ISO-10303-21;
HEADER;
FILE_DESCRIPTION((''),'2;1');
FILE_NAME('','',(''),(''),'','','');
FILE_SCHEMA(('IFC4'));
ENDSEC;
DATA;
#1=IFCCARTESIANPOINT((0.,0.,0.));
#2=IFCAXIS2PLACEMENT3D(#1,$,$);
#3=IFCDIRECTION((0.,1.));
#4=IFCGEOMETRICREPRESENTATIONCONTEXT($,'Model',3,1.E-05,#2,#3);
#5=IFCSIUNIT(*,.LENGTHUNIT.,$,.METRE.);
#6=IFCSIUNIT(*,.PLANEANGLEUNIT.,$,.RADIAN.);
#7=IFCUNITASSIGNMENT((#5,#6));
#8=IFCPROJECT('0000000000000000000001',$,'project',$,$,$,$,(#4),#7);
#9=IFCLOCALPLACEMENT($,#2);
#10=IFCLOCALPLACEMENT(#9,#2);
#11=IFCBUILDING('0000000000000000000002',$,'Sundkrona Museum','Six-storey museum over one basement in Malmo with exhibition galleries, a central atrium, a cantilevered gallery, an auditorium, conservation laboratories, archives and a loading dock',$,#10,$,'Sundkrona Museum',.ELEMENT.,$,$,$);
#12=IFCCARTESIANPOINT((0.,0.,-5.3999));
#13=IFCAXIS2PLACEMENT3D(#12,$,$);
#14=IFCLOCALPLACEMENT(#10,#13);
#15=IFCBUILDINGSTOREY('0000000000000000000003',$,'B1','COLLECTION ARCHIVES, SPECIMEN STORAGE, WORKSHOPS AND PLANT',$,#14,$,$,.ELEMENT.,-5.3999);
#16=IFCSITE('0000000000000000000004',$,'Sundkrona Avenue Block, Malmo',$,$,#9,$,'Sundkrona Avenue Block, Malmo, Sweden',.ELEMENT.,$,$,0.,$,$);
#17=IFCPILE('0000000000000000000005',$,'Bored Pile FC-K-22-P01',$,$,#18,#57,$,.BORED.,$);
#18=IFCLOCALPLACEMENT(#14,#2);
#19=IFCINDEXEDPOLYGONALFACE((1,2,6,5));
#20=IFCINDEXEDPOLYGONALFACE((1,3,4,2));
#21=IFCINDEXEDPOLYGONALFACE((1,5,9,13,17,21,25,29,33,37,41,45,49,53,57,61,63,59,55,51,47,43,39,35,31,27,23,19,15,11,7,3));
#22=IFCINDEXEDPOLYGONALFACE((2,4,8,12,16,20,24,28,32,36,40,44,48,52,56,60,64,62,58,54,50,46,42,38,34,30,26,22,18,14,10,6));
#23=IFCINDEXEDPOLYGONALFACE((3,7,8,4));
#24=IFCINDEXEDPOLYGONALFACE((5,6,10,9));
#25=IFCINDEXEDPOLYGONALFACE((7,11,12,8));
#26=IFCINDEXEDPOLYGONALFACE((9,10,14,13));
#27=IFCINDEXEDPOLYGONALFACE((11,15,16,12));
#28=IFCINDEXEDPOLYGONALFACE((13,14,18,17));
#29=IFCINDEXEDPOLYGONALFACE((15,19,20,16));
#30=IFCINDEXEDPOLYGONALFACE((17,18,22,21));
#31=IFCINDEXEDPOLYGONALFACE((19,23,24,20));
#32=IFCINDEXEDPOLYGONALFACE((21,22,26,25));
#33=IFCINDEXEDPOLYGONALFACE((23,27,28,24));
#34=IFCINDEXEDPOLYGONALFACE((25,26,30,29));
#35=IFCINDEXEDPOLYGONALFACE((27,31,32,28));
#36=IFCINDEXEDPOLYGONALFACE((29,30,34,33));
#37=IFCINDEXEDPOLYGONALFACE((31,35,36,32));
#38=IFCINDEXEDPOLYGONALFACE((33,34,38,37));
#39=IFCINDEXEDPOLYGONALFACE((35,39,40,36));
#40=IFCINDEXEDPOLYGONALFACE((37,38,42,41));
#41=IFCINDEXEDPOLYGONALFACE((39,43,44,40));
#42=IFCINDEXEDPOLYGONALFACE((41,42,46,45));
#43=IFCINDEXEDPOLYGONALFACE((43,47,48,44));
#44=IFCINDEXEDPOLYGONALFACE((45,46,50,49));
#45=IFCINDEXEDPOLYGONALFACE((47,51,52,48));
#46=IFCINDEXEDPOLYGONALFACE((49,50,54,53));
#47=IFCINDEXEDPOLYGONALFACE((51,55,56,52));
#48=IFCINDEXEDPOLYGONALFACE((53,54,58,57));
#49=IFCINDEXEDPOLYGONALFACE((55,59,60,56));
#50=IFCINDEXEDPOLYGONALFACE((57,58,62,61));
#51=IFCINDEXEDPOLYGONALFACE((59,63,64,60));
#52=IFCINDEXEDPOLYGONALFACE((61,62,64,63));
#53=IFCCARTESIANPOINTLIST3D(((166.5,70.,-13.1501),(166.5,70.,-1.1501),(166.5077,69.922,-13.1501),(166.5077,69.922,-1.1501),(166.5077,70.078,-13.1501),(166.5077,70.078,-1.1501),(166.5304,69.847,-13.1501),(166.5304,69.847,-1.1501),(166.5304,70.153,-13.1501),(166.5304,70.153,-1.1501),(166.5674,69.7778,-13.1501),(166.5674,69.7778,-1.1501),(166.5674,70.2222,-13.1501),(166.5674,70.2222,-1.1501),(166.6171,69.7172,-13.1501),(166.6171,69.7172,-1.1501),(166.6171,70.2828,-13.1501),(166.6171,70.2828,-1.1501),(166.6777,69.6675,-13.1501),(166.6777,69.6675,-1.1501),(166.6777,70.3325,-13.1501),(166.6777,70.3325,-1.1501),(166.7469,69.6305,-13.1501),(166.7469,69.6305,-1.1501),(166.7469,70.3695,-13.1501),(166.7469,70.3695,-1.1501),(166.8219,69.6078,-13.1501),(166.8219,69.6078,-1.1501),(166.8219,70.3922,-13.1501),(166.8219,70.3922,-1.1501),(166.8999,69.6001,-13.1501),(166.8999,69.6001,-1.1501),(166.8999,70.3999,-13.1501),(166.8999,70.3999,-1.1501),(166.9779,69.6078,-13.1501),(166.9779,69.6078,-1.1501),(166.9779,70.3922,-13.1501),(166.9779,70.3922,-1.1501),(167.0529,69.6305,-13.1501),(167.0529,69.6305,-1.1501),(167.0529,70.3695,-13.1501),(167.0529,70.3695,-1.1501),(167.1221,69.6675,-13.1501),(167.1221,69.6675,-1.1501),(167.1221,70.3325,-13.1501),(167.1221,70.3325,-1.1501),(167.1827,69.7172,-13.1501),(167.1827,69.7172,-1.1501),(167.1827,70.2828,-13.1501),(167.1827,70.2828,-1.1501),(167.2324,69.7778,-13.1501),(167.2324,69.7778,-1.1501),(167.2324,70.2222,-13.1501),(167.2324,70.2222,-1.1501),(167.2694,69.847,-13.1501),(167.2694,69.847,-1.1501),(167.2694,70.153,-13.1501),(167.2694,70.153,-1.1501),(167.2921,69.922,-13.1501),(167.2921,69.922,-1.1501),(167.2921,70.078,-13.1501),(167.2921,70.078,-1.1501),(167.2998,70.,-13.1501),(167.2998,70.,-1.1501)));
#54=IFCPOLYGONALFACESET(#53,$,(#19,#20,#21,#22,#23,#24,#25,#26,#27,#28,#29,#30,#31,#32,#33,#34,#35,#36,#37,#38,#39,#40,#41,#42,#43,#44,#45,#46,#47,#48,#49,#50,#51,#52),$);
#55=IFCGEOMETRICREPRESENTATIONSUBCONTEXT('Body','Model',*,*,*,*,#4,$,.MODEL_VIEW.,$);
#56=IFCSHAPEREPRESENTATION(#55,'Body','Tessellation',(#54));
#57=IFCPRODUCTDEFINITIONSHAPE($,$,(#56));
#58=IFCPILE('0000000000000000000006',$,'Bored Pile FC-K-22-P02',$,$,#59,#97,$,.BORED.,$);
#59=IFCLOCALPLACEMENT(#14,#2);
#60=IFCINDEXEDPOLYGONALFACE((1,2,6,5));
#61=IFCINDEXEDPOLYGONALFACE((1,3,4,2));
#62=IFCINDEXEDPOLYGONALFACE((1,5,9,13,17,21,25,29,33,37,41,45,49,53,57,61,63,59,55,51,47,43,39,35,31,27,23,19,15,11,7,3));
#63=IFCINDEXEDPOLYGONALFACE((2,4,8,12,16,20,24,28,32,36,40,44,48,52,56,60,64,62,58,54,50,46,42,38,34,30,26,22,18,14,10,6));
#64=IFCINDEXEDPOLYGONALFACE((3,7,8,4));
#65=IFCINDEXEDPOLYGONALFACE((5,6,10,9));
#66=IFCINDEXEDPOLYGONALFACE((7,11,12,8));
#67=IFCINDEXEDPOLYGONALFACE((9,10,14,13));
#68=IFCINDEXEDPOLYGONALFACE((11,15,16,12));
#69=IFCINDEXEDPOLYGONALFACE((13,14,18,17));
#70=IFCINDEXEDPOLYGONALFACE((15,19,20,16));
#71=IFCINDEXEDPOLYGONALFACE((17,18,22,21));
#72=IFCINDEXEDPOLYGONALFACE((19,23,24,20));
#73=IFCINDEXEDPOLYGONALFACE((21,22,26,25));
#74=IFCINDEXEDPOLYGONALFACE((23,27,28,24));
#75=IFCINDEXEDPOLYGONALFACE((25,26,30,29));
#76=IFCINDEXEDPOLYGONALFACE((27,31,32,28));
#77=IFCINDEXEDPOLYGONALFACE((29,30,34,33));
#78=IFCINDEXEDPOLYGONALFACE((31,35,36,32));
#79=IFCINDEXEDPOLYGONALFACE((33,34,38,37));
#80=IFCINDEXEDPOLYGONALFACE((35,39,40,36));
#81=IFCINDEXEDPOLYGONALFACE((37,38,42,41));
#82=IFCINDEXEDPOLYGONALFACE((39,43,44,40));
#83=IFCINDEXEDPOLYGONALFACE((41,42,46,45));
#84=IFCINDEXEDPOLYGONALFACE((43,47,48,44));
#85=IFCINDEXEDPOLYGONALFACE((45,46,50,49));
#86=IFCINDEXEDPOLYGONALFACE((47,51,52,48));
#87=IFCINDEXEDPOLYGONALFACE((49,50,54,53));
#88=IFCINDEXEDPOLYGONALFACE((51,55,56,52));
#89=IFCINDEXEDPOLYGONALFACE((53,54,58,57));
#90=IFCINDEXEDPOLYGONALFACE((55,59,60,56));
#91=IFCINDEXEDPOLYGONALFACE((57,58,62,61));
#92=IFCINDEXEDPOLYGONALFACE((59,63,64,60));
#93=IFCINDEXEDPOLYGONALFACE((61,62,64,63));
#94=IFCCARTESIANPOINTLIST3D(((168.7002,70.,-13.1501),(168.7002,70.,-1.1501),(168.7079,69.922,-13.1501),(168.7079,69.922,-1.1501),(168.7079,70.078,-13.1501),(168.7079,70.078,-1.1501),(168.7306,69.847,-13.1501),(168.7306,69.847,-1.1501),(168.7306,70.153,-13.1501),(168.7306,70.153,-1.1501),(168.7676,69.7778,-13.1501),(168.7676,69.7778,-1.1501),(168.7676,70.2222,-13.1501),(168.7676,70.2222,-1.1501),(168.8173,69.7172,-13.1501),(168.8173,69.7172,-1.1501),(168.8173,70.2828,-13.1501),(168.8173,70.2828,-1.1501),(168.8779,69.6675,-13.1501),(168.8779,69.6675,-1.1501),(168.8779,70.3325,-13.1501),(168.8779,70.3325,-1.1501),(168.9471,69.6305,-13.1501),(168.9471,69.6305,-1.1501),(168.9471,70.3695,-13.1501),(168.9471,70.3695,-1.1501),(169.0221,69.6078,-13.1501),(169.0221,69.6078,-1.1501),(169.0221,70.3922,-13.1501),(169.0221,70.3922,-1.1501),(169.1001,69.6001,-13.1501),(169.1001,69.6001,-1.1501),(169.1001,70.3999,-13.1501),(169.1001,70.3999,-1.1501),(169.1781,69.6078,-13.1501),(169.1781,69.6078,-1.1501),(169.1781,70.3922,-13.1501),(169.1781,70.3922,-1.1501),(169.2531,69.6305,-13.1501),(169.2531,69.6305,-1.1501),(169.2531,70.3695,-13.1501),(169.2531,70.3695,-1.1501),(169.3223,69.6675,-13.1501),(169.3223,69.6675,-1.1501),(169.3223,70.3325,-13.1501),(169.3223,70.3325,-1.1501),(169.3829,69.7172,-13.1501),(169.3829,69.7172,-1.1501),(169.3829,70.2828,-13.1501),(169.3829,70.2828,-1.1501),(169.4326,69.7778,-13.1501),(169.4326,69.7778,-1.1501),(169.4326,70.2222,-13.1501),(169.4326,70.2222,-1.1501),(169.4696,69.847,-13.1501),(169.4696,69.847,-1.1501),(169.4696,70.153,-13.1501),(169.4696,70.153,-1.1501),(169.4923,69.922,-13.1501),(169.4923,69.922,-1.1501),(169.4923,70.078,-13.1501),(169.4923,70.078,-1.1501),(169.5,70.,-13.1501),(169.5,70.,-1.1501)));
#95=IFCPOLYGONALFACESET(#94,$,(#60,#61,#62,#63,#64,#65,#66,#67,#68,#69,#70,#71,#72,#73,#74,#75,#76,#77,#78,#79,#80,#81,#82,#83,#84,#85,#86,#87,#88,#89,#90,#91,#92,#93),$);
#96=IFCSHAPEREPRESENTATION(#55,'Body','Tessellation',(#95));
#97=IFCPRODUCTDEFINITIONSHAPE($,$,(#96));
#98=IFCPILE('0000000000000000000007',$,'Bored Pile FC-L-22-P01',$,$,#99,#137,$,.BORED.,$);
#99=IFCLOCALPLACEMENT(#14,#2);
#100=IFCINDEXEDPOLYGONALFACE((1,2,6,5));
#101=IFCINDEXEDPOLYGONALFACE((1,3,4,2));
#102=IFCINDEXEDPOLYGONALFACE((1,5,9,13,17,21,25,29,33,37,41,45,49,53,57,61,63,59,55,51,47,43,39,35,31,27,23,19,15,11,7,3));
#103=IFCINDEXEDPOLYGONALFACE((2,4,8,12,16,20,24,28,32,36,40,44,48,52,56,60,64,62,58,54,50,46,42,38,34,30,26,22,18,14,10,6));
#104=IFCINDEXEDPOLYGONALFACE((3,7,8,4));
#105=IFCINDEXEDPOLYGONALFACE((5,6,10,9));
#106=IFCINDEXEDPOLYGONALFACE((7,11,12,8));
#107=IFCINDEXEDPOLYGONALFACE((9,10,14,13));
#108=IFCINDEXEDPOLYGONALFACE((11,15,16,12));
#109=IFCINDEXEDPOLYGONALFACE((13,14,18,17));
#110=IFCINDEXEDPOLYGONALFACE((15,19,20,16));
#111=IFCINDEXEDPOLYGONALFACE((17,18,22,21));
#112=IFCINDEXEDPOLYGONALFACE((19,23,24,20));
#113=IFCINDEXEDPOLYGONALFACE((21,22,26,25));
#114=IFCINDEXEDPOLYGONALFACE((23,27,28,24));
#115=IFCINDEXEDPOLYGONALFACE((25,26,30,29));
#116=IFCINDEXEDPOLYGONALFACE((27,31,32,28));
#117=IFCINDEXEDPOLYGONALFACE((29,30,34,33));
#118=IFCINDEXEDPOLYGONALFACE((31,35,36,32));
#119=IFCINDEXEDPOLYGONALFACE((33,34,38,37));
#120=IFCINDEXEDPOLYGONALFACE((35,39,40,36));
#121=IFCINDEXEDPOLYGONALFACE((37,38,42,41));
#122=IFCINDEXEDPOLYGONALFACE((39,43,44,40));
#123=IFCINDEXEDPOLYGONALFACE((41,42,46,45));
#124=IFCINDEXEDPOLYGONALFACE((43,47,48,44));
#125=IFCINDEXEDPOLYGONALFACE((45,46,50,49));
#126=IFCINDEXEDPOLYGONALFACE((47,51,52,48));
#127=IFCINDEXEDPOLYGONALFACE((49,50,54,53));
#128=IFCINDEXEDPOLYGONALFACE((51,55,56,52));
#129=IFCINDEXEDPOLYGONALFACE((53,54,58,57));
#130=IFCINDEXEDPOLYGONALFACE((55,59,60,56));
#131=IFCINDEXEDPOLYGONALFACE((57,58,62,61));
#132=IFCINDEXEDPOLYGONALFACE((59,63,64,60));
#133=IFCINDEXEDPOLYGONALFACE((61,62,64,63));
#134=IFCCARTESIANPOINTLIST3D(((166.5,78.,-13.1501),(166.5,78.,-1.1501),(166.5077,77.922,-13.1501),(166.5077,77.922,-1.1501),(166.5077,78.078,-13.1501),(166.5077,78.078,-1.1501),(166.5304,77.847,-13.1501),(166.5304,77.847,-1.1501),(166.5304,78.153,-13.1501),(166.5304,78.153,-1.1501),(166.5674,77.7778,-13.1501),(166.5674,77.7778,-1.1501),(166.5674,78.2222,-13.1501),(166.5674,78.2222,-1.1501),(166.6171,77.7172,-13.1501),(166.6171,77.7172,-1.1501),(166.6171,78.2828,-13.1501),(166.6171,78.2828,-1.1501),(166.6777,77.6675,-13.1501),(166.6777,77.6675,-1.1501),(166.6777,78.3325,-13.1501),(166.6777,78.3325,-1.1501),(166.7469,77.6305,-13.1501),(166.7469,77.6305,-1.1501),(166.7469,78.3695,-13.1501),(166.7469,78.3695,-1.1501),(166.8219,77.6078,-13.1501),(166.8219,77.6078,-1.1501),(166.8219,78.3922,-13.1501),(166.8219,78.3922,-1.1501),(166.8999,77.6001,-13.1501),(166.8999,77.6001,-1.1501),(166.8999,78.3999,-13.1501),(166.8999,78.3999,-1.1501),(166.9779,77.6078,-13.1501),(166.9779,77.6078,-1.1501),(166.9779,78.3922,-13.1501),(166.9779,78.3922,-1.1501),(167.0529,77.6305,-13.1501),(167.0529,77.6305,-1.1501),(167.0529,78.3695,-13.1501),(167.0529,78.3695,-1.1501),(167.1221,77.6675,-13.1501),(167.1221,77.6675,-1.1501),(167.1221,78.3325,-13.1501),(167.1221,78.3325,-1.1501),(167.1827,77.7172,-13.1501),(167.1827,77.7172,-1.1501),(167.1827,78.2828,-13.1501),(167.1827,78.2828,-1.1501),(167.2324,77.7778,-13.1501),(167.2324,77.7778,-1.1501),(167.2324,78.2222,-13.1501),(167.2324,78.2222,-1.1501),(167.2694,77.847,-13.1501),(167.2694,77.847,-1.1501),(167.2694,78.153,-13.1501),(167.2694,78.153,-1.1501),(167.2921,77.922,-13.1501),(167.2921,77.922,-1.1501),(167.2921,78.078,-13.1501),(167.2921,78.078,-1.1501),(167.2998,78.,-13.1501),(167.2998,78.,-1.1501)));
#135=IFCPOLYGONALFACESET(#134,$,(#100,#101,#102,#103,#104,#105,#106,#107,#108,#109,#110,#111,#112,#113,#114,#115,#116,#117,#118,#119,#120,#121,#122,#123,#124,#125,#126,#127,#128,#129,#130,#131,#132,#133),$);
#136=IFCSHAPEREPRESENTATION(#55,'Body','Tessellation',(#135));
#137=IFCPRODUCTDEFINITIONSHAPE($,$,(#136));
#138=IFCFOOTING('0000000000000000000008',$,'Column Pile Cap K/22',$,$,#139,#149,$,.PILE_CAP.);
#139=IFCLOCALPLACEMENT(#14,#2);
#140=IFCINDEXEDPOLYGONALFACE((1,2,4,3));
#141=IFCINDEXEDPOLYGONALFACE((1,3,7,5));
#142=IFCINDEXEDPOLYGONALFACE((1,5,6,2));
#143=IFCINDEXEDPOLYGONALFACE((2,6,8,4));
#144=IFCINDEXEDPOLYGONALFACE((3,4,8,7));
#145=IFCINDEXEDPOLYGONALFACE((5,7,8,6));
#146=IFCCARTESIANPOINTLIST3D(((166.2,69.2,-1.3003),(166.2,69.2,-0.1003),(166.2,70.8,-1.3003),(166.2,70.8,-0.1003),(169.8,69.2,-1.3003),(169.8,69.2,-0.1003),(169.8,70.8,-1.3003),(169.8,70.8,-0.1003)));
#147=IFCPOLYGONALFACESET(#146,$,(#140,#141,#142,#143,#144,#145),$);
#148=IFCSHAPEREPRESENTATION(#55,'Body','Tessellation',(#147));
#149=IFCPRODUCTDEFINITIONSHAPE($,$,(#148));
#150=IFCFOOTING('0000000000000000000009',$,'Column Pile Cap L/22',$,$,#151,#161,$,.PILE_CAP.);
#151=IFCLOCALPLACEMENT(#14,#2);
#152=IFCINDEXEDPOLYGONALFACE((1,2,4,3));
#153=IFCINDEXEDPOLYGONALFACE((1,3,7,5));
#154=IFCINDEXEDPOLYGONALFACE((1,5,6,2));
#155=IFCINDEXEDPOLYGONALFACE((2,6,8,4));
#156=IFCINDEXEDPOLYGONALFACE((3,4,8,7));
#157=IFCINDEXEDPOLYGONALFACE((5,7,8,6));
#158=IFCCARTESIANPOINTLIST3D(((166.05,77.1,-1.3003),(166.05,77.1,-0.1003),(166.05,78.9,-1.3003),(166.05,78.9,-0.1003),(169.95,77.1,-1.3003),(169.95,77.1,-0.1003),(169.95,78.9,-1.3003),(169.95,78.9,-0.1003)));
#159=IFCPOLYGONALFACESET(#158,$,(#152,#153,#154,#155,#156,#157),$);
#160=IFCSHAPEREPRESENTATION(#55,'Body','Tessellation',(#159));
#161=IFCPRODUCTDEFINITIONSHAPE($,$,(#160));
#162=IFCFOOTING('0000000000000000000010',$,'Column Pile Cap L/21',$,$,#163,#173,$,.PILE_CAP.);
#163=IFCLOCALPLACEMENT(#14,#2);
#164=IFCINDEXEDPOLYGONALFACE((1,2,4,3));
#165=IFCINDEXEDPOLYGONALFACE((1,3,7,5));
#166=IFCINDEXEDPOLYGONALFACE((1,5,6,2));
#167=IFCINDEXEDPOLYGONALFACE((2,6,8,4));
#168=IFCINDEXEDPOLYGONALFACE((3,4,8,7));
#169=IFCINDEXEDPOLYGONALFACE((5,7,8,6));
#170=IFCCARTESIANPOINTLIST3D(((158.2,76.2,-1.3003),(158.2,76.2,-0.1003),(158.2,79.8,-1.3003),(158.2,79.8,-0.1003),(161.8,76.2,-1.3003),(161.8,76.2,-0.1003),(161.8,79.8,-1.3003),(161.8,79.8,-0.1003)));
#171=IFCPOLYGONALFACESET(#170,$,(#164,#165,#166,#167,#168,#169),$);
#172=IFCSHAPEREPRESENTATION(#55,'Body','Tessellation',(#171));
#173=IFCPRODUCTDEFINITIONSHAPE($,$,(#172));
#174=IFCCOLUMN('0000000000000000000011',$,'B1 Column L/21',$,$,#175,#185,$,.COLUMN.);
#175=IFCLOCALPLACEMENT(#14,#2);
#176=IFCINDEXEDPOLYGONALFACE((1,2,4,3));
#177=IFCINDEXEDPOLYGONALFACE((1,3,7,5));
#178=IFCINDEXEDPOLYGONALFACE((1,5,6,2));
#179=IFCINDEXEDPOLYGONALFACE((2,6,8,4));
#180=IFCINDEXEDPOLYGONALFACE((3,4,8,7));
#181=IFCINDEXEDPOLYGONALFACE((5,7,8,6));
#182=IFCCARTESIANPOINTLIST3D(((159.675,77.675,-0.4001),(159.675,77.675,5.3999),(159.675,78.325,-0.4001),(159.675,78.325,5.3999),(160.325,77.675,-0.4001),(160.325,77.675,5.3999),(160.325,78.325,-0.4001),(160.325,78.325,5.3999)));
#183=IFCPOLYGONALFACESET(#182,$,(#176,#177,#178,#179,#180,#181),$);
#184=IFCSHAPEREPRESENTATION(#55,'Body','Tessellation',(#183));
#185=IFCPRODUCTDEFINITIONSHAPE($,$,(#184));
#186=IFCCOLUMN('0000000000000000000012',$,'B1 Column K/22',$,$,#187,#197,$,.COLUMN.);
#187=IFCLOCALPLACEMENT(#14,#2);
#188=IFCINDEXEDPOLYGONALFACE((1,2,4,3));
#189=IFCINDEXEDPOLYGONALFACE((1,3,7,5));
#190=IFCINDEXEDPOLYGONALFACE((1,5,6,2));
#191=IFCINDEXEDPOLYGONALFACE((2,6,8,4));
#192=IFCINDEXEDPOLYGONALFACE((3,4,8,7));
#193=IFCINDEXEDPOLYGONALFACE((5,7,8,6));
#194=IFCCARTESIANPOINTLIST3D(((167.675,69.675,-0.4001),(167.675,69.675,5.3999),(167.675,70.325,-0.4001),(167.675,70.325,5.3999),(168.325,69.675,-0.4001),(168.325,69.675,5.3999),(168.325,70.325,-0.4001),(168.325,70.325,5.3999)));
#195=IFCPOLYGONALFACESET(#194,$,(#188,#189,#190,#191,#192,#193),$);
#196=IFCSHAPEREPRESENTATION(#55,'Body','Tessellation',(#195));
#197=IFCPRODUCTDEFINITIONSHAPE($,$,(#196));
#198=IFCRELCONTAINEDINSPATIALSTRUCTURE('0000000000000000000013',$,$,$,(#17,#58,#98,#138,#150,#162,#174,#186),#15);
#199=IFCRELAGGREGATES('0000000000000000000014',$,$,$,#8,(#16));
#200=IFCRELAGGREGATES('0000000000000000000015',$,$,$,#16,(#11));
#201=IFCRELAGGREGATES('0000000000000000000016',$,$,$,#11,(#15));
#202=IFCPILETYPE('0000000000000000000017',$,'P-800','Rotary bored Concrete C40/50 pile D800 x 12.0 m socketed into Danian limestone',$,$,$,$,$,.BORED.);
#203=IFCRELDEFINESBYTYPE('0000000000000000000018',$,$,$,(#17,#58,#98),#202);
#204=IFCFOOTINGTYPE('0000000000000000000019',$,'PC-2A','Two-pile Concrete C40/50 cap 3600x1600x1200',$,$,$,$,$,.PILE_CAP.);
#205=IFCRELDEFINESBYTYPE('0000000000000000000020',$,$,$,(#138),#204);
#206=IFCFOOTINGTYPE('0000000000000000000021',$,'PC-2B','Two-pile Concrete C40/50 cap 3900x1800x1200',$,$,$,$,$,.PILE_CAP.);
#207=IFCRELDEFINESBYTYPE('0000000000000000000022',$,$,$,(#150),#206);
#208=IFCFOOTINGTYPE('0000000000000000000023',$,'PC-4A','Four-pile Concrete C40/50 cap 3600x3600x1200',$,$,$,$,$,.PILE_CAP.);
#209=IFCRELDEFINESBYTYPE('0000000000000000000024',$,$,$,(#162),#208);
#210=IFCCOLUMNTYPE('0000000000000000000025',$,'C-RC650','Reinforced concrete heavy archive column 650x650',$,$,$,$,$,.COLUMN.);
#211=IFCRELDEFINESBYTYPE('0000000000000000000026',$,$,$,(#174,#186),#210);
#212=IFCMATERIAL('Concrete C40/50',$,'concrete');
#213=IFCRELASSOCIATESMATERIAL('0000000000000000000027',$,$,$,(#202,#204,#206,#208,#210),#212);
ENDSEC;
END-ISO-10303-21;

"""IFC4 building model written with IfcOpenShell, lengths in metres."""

from ifc_helpers import new_model, si_unit, direction, frame, origin, origin_2d, place, context, subcontext, project, spatial, rectangle, circle, extrude, material, material_profile, profile_set, type_object, element, save


model = new_model("IFC4")

# Units and contexts
model_context = context("Model", 3, precision=1e-05, world=origin(), true_north=direction((0.0, 1.0)))
body_context = subcontext(model_context, "Body", "Model", "MODEL_VIEW")
ifc_project = project(units=[si_unit("LENGTHUNIT", "METRE"), si_unit("PLANEANGLEUNIT", "RADIAN")], contexts=[model_context])

# Site, building, storey
site_placement = place(None, origin())
site = spatial("IfcSite", under=ifc_project, at=site_placement, Name="Sundkrona Avenue Block, Malmo", LongName="Sundkrona Avenue Block, Malmo, Sweden", CompositionType="ELEMENT", RefElevation=0.0)
building_placement = place(site_placement, origin())
building = spatial("IfcBuilding", under=site, at=building_placement, Name="Sundkrona Museum", Description="Six-storey museum over one basement in Malmo with exhibition galleries, a central atrium, a cantilevered gallery, an auditorium, conservation laboratories, archives and a loading dock", LongName="Sundkrona Museum", CompositionType="ELEMENT")
storey_placement = place(building_placement, frame((0.0, 0.0, -5.3999)))
storey = spatial("IfcBuildingStorey", under=building, at=storey_placement, Name="B1", Description="COLLECTION ARCHIVES, SPECIMEN STORAGE, WORKSHOPS AND PLANT", CompositionType="ELEMENT", Elevation=-5.3999)

# Shared definitions
ifc_material_1 = material(Name="Concrete C40/50", Category="concrete")

# Piles
ifc_material_profile_1 = material_profile(ifc_material_1, circle(Radius=0.3999, at=origin_2d()), Name="PILE D800")
ifc_profile_set_1 = profile_set([ifc_material_profile_1], Name="Concrete C40/50")
pile_type = type_object("IfcPileType", Name="P-800", Description="Rotary bored Concrete C40/50 pile D800 x 12.0 m socketed into Danian limestone", PredefinedType="BORED", material=ifc_profile_set_1)
for number, where, z_axis, x_axis, name in (
    (1, (166.8999, 70.0, -1.1501), (0.0, 0.0, -1.0), (1.0, 0.0, 0.0), "Bored Pile FC-K-22-P01"),
    (2, (169.1001, 70.0, -1.1501), (0.0, 0.0, -1.0), (1.0, 0.0, 0.0), "Bored Pile FC-K-22-P02"),
    (3, (166.8999, 78.0, -1.1501), (0.0, 0.0, -1.0), (1.0, 0.0, 0.0), "Bored Pile FC-L-22-P01"),
):
    element("IfcPile", number, at=place(storey_placement, frame(where, z_axis=z_axis, x_axis=x_axis)), inside=storey, type_object=pile_type, Name=name, PredefinedType="BORED", context=body_context, shape_type="SweptSolid", body=[
        extrude(circle(Radius=0.3999, at=origin_2d()), origin(), (0.0, 0.0, 1.0), 12.0),
    ])

# Footings
footing_type_1 = type_object("IfcFootingType", Name="PC-2A", Description="Two-pile Concrete C40/50 cap 3600x1600x1200", PredefinedType="PILE_CAP", material=ifc_material_1)
footing_1_placement = place(storey_placement, frame((168.0, 70.0, -1.3003), z_axis=(0.0, 0.0, 1.0), x_axis=(1.0, 0.0, 0.0)))
element("IfcFooting", 4, at=footing_1_placement, inside=storey, type_object=footing_type_1, Name="Column Pile Cap K/22", PredefinedType="PILE_CAP", context=body_context, shape_type="SweptSolid", body=[
    extrude(rectangle(XDim=3.6001, YDim=1.6001, at=origin_2d()), origin(), (0.0, 0.0, 1.0), 1.2),
])
footing_type_2 = type_object("IfcFootingType", Name="PC-2B", Description="Two-pile Concrete C40/50 cap 3900x1800x1200", PredefinedType="PILE_CAP", material=ifc_material_1)
footing_2_placement = place(storey_placement, frame((168.0, 78.0, -1.3003), z_axis=(0.0, 0.0, 1.0), x_axis=(1.0, 0.0, 0.0)))
element("IfcFooting", 5, at=footing_2_placement, inside=storey, type_object=footing_type_2, Name="Column Pile Cap L/22", PredefinedType="PILE_CAP", context=body_context, shape_type="SweptSolid", body=[
    extrude(rectangle(XDim=3.8999, YDim=1.8, at=origin_2d()), origin(), (0.0, 0.0, 1.0), 1.2),
])
footing_type_3 = type_object("IfcFootingType", Name="PC-4A", Description="Four-pile Concrete C40/50 cap 3600x3600x1200", PredefinedType="PILE_CAP", material=ifc_material_1)
footing_3_placement = place(storey_placement, frame((160.0, 78.0, -1.3003), z_axis=(0.0, 0.0, 1.0), x_axis=(1.0, 0.0, 0.0)))
element("IfcFooting", 6, at=footing_3_placement, inside=storey, type_object=footing_type_3, Name="Column Pile Cap L/21", PredefinedType="PILE_CAP", context=body_context, shape_type="SweptSolid", body=[
    extrude(rectangle(XDim=3.6001, YDim=3.6001, at=origin_2d()), origin(), (0.0, 0.0, 1.0), 1.2),
])

# Columns
ifc_material_profile_2 = material_profile(ifc_material_1, rectangle(XDim=0.6499, YDim=0.6499, at=origin_2d()), Name="RC 650x650")
ifc_profile_set_2 = profile_set([ifc_material_profile_2], Name="Concrete C40/50")
column_type = type_object("IfcColumnType", Name="C-RC650", Description="Reinforced concrete heavy archive column 650x650", PredefinedType="COLUMN", material=ifc_profile_set_2)
for number, where, z_axis, x_axis, name in (
    (7, (160.0, 78.0, -0.4001), (0.0, 0.0, 1.0), (1.0, 0.0, 0.0), "B1 Column L/21"),
    (8, (168.0, 70.0, -0.4001), (0.0, 0.0, 1.0), (1.0, 0.0, 0.0), "B1 Column K/22"),
):
    element("IfcColumn", number, at=place(storey_placement, frame(where, z_axis=z_axis, x_axis=x_axis)), inside=storey, type_object=column_type, Name=name, PredefinedType="COLUMN", context=body_context, shape_type="SweptSolid", body=[
        extrude(rectangle(XDim=0.6499, YDim=0.6499, at=origin_2d()), origin(), (0.0, 0.0, 1.0), 5.8),
    ])

save(model, "model.ifc")
